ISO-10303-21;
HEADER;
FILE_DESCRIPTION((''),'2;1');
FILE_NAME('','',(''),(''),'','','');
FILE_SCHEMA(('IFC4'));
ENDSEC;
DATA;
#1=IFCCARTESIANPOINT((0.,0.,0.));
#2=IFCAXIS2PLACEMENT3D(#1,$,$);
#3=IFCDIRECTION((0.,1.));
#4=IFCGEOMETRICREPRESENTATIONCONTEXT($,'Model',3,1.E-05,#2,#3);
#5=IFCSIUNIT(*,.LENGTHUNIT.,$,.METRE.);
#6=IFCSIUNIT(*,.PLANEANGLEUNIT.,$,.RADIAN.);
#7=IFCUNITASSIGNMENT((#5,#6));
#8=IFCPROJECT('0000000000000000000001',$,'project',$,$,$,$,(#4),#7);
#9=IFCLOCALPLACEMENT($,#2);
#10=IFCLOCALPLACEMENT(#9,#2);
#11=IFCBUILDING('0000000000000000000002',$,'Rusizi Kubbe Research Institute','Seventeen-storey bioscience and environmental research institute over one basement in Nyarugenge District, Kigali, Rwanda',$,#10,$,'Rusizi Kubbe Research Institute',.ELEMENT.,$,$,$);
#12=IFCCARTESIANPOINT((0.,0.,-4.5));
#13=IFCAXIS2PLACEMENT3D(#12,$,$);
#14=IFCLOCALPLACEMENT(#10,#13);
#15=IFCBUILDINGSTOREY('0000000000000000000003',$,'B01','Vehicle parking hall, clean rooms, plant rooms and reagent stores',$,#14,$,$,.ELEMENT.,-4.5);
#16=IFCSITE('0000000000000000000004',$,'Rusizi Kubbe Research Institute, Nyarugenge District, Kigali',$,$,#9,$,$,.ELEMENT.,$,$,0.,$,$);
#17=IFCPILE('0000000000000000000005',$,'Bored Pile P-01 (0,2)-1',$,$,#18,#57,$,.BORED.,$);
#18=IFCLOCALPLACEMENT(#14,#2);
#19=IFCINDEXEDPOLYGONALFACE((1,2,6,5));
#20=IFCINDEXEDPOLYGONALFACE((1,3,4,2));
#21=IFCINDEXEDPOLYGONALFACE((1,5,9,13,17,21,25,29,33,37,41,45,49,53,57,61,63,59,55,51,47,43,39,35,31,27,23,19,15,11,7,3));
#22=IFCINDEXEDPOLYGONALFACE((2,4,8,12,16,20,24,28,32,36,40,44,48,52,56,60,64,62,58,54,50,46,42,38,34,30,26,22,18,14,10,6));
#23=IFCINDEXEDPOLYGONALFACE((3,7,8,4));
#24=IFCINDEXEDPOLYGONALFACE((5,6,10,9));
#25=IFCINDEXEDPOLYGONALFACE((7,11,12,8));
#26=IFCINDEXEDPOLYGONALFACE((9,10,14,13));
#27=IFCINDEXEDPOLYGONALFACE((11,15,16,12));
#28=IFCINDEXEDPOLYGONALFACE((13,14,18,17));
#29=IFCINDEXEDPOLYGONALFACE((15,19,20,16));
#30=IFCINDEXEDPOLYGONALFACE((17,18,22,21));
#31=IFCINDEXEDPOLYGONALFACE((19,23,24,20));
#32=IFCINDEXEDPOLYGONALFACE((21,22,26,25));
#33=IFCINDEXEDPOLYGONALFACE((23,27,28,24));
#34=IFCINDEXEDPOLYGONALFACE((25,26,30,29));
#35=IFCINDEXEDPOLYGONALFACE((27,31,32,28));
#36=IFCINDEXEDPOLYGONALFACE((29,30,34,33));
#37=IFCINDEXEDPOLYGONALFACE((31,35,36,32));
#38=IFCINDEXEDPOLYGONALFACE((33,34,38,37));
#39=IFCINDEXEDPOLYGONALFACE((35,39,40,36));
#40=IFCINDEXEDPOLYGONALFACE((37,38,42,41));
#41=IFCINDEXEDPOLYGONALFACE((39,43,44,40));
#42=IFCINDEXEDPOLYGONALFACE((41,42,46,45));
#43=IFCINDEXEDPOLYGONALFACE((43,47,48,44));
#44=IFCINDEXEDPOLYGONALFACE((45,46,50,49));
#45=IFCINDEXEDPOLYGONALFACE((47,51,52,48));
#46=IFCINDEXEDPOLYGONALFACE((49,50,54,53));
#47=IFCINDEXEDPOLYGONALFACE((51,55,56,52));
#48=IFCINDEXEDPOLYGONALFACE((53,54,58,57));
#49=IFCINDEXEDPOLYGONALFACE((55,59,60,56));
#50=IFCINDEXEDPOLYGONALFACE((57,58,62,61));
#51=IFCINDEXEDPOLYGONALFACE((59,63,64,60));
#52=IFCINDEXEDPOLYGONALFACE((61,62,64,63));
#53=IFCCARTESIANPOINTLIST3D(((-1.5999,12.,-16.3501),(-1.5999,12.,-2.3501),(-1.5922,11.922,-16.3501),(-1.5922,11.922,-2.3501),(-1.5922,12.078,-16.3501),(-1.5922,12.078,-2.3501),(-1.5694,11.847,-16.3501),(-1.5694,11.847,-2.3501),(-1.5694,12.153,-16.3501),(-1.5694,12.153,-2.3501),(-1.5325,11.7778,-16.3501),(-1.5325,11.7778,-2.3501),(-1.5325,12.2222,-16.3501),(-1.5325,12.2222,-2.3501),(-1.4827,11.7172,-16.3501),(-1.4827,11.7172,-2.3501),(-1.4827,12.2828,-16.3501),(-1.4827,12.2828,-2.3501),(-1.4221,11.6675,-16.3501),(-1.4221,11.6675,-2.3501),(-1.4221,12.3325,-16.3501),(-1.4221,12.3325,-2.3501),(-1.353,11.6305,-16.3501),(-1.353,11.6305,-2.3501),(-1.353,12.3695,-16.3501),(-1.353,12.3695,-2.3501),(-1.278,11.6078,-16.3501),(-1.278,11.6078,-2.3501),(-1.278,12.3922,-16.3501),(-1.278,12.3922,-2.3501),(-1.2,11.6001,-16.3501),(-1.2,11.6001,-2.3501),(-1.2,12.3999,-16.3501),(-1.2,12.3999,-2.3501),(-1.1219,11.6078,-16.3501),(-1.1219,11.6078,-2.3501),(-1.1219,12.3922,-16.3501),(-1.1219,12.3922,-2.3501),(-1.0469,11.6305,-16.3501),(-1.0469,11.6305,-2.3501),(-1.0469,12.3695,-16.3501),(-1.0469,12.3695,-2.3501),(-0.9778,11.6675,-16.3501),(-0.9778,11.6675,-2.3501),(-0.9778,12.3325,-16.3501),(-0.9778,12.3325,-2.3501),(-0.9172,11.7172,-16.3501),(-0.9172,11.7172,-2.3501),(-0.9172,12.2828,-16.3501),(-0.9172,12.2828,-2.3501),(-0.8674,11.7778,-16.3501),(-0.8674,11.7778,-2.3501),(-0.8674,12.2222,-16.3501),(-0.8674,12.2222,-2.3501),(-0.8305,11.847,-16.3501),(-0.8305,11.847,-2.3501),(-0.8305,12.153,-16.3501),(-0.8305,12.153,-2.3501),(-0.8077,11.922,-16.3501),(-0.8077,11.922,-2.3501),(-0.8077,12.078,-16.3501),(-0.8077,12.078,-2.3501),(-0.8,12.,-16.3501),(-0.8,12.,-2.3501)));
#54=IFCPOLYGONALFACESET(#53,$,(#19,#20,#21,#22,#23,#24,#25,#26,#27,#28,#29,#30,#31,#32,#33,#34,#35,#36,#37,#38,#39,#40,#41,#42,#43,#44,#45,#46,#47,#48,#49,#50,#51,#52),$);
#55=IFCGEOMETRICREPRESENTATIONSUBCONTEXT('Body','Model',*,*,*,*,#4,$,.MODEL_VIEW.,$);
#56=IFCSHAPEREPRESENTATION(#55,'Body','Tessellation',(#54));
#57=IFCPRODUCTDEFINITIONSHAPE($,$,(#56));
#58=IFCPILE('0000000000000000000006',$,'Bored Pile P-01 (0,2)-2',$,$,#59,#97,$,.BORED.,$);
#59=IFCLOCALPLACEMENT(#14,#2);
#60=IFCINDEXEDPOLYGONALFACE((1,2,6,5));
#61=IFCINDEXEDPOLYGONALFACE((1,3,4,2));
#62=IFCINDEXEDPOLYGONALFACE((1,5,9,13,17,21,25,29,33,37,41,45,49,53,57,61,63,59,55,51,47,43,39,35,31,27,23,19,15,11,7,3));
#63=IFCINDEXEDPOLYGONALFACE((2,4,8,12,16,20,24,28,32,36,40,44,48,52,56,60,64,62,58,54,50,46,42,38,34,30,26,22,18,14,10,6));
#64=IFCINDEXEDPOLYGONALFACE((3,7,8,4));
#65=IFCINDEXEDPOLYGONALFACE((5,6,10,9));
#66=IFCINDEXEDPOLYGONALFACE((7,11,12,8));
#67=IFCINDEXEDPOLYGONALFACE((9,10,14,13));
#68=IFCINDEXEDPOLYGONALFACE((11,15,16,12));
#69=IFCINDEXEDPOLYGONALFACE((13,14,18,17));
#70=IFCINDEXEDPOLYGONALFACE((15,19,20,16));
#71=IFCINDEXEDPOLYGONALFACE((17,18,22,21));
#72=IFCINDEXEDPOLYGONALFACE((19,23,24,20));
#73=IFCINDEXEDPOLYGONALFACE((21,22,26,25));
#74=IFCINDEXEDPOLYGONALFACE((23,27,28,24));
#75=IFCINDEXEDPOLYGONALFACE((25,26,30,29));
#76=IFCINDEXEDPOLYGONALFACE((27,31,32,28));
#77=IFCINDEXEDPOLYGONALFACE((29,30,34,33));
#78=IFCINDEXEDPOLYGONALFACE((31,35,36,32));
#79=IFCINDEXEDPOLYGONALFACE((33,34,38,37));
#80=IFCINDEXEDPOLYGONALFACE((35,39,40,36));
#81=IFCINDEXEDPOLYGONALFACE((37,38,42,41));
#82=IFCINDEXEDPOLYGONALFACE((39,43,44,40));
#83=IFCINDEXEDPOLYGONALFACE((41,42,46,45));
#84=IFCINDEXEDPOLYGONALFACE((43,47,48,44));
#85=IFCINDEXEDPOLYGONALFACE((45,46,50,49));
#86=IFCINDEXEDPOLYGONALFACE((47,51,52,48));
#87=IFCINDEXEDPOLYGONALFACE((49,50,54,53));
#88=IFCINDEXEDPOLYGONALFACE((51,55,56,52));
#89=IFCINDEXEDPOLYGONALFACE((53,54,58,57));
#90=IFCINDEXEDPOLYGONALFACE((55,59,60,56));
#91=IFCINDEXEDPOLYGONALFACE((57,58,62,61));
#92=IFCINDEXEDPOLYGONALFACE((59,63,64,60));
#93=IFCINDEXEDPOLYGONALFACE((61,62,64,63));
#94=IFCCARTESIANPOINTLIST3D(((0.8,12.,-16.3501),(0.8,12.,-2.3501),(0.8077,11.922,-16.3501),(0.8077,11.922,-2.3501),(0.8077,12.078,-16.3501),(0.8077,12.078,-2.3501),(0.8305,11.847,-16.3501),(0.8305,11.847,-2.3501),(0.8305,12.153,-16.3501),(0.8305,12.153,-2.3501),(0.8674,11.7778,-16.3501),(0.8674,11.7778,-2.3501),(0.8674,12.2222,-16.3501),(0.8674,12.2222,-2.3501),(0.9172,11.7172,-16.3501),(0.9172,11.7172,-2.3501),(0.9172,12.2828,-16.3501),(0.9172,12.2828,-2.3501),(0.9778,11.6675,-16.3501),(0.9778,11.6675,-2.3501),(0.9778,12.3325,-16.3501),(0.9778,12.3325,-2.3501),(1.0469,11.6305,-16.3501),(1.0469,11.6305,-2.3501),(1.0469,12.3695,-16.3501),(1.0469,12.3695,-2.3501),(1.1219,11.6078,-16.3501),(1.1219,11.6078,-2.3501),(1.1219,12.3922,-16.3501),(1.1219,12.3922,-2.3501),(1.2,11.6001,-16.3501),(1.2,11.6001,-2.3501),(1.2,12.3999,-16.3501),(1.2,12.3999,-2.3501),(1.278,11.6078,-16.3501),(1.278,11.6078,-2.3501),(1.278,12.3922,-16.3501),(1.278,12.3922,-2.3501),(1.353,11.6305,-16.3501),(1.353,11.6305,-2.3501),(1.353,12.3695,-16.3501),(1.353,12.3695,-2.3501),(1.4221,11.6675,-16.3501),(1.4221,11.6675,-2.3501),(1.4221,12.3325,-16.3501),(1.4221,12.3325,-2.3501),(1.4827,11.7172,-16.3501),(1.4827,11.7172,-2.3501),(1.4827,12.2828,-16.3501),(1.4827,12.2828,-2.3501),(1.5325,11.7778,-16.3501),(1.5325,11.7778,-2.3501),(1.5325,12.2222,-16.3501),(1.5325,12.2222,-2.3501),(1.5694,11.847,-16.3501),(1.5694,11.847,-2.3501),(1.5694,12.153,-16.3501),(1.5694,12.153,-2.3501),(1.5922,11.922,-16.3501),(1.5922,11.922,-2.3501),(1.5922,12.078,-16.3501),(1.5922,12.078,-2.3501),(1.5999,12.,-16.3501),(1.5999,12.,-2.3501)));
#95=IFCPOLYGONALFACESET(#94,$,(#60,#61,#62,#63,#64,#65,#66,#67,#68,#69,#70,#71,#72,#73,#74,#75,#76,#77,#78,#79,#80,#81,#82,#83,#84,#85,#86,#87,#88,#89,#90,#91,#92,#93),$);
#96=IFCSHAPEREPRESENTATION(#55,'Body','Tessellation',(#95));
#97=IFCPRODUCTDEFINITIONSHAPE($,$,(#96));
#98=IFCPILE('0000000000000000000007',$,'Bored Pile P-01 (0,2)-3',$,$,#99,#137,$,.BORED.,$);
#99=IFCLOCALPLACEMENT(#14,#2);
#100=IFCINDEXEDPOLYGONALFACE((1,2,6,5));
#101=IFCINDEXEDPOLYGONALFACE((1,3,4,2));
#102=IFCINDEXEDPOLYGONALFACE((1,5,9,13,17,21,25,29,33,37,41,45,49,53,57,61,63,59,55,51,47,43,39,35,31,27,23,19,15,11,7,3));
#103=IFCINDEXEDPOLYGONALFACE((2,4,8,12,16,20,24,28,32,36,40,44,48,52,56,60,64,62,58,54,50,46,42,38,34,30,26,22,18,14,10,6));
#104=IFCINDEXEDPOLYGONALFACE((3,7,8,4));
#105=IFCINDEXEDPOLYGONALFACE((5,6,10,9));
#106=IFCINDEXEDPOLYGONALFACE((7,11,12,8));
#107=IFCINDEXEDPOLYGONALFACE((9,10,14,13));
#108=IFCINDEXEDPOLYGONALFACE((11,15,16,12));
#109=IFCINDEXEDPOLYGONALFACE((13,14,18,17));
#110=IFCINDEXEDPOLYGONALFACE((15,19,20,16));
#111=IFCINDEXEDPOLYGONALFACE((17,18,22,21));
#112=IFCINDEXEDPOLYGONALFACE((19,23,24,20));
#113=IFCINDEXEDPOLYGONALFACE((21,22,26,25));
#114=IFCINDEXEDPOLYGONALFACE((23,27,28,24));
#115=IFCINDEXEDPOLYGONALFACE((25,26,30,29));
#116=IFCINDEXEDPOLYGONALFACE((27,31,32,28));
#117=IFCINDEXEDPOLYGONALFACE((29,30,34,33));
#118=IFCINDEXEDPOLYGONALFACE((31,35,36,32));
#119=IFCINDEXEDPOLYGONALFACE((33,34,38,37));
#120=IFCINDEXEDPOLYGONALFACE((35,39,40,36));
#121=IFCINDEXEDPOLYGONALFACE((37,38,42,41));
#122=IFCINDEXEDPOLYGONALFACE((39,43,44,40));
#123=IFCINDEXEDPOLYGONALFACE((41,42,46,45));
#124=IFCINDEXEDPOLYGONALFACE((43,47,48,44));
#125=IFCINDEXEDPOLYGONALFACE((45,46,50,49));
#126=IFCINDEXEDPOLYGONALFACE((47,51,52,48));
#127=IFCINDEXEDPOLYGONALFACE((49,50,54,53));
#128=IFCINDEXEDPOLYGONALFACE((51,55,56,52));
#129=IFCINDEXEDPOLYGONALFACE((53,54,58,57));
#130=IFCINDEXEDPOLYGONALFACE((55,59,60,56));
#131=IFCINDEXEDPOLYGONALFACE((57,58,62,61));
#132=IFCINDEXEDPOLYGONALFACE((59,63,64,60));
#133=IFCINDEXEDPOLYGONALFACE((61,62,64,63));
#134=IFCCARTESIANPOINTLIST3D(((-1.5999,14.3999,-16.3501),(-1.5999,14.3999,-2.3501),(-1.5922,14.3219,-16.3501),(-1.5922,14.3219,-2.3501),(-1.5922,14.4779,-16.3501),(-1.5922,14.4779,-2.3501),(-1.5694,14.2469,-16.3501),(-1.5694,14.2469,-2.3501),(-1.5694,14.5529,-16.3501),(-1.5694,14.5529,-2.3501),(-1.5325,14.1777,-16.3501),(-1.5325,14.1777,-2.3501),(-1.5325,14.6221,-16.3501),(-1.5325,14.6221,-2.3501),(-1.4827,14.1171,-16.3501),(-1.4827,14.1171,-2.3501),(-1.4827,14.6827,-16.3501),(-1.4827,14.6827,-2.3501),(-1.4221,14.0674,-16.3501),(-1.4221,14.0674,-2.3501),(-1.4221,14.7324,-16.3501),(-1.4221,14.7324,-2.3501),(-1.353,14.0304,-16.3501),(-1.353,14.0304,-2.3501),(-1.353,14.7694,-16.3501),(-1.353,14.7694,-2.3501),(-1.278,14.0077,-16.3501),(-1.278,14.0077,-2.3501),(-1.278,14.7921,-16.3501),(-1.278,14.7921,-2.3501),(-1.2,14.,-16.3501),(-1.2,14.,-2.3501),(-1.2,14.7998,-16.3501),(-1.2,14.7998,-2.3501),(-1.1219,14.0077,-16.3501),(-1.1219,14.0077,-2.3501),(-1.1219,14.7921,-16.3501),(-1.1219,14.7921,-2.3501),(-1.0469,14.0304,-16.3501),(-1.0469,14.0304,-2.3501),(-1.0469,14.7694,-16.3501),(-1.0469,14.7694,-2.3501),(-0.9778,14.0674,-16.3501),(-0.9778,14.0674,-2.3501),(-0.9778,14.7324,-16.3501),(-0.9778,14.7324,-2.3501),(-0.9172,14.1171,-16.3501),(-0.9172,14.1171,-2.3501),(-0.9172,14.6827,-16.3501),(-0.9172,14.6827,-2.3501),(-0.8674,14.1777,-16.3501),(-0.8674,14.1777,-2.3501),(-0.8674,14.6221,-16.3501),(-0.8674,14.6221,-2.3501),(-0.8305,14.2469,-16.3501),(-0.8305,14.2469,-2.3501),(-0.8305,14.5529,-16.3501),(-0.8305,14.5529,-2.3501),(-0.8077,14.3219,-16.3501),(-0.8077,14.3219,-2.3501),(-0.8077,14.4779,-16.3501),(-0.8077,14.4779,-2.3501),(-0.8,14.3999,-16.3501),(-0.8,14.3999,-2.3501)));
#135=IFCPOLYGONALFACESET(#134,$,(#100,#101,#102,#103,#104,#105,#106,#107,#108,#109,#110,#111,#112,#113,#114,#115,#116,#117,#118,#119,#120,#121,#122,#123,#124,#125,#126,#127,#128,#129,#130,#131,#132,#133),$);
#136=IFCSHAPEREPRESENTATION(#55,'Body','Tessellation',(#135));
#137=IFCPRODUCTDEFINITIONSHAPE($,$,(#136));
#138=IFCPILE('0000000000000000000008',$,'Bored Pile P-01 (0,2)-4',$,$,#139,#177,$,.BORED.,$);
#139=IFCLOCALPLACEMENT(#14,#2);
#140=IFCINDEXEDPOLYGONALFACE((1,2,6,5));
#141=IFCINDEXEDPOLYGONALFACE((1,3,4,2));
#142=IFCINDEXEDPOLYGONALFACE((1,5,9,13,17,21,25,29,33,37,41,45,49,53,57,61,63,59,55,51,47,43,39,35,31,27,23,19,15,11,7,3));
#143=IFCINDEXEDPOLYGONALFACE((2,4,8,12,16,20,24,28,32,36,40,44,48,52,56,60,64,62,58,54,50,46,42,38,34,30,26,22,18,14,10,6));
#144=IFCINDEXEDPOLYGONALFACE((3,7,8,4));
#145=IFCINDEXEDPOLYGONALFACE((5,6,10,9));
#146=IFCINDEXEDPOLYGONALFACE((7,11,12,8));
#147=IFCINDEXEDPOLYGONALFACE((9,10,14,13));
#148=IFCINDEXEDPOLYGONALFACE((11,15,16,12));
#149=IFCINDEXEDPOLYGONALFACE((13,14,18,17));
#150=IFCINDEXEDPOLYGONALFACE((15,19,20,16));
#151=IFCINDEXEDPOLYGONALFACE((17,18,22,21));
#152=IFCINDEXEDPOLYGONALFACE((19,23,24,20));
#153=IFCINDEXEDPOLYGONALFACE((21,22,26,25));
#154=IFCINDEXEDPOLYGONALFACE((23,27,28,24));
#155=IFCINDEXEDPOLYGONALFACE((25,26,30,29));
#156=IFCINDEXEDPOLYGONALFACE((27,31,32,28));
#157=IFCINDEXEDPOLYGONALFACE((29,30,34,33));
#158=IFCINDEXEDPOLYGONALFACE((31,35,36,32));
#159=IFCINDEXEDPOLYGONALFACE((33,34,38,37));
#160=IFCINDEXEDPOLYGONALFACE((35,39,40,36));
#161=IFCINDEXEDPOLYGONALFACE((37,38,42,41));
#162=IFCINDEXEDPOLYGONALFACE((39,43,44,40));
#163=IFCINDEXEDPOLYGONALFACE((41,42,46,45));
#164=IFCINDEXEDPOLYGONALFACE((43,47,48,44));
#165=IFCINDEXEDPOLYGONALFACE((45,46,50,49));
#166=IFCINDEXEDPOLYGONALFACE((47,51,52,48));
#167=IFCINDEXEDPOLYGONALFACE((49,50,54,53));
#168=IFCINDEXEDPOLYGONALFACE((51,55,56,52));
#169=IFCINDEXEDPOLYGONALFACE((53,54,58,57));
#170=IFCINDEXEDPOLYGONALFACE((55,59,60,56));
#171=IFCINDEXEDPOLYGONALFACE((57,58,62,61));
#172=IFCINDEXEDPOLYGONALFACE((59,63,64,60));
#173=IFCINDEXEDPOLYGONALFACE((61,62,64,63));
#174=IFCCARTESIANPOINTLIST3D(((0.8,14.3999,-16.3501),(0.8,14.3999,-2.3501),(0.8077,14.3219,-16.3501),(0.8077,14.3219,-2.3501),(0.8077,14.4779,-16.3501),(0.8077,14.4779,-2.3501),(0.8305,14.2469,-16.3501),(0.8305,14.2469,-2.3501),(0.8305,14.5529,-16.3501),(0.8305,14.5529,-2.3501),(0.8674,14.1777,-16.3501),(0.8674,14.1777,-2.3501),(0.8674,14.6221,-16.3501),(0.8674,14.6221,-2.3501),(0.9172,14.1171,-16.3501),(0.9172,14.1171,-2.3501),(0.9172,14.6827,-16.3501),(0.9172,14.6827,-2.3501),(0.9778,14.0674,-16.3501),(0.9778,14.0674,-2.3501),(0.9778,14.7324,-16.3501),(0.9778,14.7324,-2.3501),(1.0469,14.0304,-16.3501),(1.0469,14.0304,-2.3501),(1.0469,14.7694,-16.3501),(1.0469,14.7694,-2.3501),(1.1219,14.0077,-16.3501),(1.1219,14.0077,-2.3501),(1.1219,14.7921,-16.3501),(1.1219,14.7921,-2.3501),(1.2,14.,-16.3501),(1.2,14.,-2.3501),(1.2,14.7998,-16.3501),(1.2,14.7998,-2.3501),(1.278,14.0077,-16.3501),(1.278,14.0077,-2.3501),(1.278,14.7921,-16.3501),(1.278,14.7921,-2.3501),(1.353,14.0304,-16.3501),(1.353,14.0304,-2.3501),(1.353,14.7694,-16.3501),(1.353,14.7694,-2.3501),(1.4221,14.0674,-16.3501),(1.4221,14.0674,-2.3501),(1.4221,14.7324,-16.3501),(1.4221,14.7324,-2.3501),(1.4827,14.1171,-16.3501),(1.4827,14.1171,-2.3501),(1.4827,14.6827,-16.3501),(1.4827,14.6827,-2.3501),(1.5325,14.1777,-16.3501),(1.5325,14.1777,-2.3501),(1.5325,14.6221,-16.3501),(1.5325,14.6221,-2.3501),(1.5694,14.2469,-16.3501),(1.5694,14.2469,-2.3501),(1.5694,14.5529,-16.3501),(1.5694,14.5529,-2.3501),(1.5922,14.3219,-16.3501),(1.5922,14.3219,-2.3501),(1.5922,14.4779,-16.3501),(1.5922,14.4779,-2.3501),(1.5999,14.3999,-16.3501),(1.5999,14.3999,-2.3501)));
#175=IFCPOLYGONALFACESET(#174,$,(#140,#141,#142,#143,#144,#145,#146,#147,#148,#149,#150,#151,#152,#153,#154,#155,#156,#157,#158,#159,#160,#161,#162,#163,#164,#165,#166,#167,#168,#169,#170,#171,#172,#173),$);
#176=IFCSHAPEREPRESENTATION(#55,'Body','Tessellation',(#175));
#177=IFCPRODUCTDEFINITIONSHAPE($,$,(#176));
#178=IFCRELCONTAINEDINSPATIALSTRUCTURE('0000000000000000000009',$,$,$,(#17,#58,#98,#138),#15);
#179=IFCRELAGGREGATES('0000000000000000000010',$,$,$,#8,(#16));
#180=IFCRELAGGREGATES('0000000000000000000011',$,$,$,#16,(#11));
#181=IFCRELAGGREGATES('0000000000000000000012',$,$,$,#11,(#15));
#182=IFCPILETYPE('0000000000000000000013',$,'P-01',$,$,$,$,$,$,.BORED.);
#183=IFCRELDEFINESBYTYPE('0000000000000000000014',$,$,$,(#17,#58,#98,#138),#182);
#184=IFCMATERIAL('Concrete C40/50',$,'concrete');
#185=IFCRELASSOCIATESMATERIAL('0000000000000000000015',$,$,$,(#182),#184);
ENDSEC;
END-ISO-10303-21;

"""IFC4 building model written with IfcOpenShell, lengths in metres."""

from ifc_helpers import new_model, si_unit, direction, frame, origin, origin_2d, place, context, subcontext, project, spatial, circle, extrude, material, material_profile, profile_set, type_object, element, save


model = new_model("IFC4")

# Units and contexts
model_context = context("Model", 3, precision=1e-05, world=origin(), true_north=direction((0.0, 1.0)))
body_context = subcontext(model_context, "Body", "Model", "MODEL_VIEW")
ifc_project = project(units=[si_unit("LENGTHUNIT", "METRE"), si_unit("PLANEANGLEUNIT", "RADIAN")], contexts=[model_context])

# Site, building, storey
site_placement = place(None, origin())
site = spatial("IfcSite", under=ifc_project, at=site_placement, Name="Rusizi Kubbe Research Institute, Nyarugenge District, Kigali", CompositionType="ELEMENT", RefElevation=0.0)
building_placement = place(site_placement, origin())
building = spatial("IfcBuilding", under=site, at=building_placement, Name="Rusizi Kubbe Research Institute", Description="Seventeen-storey bioscience and environmental research institute over one basement in Nyarugenge District, Kigali, Rwanda", LongName="Rusizi Kubbe Research Institute", CompositionType="ELEMENT")
storey_placement = place(building_placement, frame((0.0, 0.0, -4.5)))
storey = spatial("IfcBuildingStorey", under=building, at=storey_placement, Name="B01", Description="Vehicle parking hall, clean rooms, plant rooms and reagent stores", CompositionType="ELEMENT", Elevation=-4.5)

# Piles
ifc_material_1 = material(Name="Concrete C40/50", Category="concrete")
ifc_material_profile_1 = material_profile(ifc_material_1, circle(Radius=0.3999, at=origin_2d()), Name="PILE-D800")
ifc_profile_set_1 = profile_set([ifc_material_profile_1], Name="Concrete C40/50")
pile_type_1 = type_object("IfcPileType", Name="P-01", PredefinedType="BORED", material=ifc_profile_set_1)
for number, where, z_axis, x_axis, name in (
    (1, (-1.2, 12.0, -2.3501), (0.0, 0.0, -1.0), (1.0, 0.0, 0.0), "Bored Pile P-01 (0,2)-1"),
    (2, (1.2, 12.0, -2.3501), (0.0, 0.0, -1.0), (1.0, 0.0, 0.0), "Bored Pile P-01 (0,2)-2"),
    (3, (-1.2, 14.3999, -2.3501), (0.0, 0.0, -1.0), (1.0, 0.0, 0.0), "Bored Pile P-01 (0,2)-3"),
    (4, (1.2, 14.3999, -2.3501), (0.0, 0.0, -1.0), (1.0, 0.0, 0.0), "Bored Pile P-01 (0,2)-4"),
):
    element("IfcPile", number, at=place(storey_placement, frame(where, z_axis=z_axis, x_axis=x_axis)), inside=storey, type_object=pile_type_1, Name=name, PredefinedType="BORED", context=body_context, shape_type="SweptSolid", body=[
        extrude(circle(Radius=0.3999, at=origin_2d()), origin(), (0.0, 0.0, 1.0), 14.0),
    ])

save(model, "model.ifc")
